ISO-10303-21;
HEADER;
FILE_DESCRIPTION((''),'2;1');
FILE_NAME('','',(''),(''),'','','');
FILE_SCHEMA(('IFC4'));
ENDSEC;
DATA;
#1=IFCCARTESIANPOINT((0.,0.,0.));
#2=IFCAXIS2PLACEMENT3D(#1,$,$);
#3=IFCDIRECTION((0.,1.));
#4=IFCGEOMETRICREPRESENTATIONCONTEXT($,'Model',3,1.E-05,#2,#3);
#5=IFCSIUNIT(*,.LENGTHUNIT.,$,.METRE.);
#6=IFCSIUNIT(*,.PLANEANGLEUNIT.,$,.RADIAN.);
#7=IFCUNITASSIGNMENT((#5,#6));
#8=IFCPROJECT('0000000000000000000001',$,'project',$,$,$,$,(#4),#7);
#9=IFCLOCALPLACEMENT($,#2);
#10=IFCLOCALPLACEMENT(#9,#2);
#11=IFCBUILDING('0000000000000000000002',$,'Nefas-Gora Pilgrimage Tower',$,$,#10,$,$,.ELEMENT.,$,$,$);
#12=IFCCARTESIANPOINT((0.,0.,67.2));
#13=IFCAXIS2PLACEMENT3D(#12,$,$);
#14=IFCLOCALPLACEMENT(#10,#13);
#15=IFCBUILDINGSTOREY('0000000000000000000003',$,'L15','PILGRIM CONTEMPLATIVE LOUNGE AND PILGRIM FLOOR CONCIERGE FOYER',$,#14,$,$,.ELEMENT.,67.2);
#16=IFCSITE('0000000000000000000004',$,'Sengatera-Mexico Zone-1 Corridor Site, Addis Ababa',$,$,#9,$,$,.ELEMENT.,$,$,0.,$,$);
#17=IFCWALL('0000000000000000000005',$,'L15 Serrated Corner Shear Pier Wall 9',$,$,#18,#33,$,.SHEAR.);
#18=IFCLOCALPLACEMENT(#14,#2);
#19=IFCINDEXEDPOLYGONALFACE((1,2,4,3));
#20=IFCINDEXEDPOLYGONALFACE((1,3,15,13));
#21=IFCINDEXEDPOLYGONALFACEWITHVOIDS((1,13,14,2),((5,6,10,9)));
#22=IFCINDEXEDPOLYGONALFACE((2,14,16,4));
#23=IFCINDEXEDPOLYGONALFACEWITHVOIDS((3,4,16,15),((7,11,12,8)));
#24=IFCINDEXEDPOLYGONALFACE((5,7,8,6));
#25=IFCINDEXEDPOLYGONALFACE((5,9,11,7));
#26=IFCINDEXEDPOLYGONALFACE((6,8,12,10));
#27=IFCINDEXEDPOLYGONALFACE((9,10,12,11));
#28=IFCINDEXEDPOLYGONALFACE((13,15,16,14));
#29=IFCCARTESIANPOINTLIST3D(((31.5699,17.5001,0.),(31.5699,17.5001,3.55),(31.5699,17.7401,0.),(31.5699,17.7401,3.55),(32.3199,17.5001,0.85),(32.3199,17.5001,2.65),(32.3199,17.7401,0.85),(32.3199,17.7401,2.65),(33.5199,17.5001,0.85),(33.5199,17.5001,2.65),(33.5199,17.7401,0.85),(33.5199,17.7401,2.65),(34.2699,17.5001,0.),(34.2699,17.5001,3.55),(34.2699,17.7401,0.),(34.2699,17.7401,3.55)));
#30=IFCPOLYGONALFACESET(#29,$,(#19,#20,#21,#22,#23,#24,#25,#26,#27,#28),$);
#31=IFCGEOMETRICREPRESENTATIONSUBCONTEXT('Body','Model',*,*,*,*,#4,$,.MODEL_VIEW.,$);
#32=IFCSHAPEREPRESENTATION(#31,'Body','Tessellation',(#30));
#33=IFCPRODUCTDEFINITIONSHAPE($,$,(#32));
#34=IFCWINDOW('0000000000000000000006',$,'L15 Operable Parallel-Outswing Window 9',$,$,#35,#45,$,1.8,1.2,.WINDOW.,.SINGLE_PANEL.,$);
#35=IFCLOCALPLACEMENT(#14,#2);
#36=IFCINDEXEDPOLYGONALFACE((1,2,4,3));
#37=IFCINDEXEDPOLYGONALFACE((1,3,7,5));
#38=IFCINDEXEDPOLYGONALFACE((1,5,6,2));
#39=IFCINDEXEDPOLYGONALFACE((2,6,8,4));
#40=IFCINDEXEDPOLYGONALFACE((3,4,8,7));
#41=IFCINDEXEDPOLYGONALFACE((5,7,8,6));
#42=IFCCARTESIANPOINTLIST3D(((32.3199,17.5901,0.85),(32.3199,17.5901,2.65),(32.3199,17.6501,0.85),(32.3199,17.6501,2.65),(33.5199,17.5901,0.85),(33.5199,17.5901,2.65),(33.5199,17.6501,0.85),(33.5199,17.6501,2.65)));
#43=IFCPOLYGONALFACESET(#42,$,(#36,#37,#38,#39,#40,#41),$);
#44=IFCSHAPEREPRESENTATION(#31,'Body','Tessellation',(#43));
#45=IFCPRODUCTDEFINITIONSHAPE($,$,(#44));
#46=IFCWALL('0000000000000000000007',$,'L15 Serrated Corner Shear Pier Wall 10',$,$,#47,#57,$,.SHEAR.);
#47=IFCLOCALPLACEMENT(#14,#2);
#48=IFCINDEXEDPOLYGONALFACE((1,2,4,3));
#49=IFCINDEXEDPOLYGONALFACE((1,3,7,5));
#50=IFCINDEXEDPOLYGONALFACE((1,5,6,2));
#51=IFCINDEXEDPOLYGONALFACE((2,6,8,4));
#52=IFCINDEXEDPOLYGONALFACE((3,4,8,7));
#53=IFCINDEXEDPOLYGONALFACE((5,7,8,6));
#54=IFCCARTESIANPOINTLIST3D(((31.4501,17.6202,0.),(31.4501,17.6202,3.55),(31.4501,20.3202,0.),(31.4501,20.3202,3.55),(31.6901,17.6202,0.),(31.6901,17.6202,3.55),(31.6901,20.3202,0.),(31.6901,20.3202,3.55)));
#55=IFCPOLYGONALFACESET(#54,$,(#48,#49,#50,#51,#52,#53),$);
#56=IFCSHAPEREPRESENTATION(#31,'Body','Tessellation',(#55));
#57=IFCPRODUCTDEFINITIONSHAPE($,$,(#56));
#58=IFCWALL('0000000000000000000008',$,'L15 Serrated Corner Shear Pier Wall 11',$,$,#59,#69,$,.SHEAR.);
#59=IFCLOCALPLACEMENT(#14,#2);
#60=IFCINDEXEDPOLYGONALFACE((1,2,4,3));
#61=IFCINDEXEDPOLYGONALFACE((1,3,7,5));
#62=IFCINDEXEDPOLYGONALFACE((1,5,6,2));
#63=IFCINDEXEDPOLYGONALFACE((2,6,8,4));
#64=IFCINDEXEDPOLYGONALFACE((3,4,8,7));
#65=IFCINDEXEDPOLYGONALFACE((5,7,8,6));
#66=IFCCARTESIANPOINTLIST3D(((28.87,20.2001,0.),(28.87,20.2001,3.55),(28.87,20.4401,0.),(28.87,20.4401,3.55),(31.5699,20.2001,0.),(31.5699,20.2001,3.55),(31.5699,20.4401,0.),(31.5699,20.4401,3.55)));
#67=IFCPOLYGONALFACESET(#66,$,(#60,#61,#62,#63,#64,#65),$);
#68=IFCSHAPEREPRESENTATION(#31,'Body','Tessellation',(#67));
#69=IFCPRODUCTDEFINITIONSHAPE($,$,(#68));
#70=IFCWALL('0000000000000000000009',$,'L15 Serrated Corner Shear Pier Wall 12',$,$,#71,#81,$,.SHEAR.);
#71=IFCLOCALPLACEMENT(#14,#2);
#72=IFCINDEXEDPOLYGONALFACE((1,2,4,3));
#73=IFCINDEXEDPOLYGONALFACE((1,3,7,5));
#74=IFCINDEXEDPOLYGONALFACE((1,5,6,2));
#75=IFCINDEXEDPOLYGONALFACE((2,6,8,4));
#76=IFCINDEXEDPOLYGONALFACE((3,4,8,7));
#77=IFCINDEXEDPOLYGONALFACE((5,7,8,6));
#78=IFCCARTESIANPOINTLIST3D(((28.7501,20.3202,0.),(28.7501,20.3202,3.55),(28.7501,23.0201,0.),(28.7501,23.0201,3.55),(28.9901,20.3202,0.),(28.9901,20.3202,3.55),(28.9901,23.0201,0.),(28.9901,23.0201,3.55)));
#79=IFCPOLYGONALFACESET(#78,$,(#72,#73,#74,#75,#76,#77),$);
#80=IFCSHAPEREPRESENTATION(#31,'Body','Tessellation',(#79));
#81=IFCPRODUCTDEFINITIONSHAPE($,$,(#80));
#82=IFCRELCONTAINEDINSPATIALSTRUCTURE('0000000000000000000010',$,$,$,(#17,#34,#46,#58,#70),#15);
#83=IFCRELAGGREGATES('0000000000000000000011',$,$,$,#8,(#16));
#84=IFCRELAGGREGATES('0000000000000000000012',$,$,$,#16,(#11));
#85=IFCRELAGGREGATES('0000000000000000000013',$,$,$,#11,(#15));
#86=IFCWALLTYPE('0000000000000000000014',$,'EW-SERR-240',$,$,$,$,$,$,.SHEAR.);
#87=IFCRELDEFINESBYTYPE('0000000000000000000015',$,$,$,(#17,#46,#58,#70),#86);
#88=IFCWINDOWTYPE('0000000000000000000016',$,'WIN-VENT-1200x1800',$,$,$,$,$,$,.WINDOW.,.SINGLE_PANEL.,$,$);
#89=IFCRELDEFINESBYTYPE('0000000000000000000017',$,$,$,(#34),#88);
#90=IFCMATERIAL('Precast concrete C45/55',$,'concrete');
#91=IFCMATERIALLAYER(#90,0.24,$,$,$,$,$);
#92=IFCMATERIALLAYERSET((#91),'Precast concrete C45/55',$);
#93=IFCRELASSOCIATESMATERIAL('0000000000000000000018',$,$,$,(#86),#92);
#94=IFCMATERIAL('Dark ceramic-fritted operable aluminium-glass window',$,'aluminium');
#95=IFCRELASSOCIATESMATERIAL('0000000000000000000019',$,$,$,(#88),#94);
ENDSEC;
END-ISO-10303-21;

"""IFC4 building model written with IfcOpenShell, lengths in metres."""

from ifc_helpers import new_model, si_unit, direction, frame, frame_2d, origin, place, context, subcontext, project, spatial, rectangle, extrude, source, transform, mapped, material, layer, layer_set, type_object, element, fill, save


model = new_model("IFC4")

# Units and contexts
model_context = context("Model", 3, precision=1e-05, world=origin(), true_north=direction((0.0, 1.0)))
body_context = subcontext(model_context, "Body", "Model", "MODEL_VIEW")
ifc_project = project(units=[si_unit("LENGTHUNIT", "METRE"), si_unit("PLANEANGLEUNIT", "RADIAN")], contexts=[model_context])

# Site, building, storey
site_placement = place(None, origin())
site = spatial("IfcSite", under=ifc_project, at=site_placement, Name="Sengatera-Mexico Zone-1 Corridor Site, Addis Ababa", CompositionType="ELEMENT", RefElevation=0.0)
building_placement = place(site_placement, origin())
building = spatial("IfcBuilding", under=site, at=building_placement, Name="Nefas-Gora Pilgrimage Tower", CompositionType="ELEMENT")
storey_placement = place(building_placement, frame((0.0, 0.0, 67.2)))
storey = spatial("IfcBuildingStorey", under=building, at=storey_placement, Name="L15", Description="PILGRIM CONTEMPLATIVE LOUNGE AND PILGRIM FLOOR CONCIERGE FOYER", CompositionType="ELEMENT", Elevation=67.2)

# Wall, opening, window
ifc_material_1 = material(Name="Precast concrete C45/55", Category="concrete")
ifc_layer_1 = layer(ifc_material_1, 0.24)
ifc_layer_set_1 = layer_set([ifc_layer_1], Name="Precast concrete C45/55")
wall_type = type_object("IfcWallType", Name="EW-SERR-240", PredefinedType="SHEAR", material=ifc_layer_set_1)
shared_shape_1 = source(origin(), body_context, "Body", "SweptSolid", [
    extrude(rectangle(XDim=2.7, YDim=0.24, at=frame_2d((1.3501, 0.0))), origin(), (0.0, 0.0, 1.0), 3.55),
])
wall_placement = place(storey_placement, frame((34.27, 17.6201, 0.0), z_axis=(0.0, 0.0, 1.0), x_axis=(-1.0, 0.0, 0.0)))
wall = element("IfcWall", 1, at=wall_placement, inside=storey, type_object=wall_type, Name="L15 Serrated Corner Shear Pier Wall 9", PredefinedType="SHEAR", context=body_context, shape_type="MappedRepresentation", body=[
    mapped(shared_shape_1, transform((0.0, 0.0, 0.0), x_axis=(1.0, 0.0, 0.0), y_axis=(0.0, 1.0, 0.0), z_axis=(0.0, 0.0, 1.0), scale=1.0)),
])
opening_placement = place(wall_placement, frame((0.75, 0.0, 0.8501)))
opening = element("IfcOpeningElement", 2, at=opening_placement, cuts=wall, PredefinedType="OPENING", context=body_context, shape_type="SweptSolid", body=[
    extrude(rectangle(XDim=1.2, YDim=1.8, at=frame_2d((0.6001, 0.8999))), frame((0.0, 0.1299, 0.0), z_axis=(0.0, -1.0, 0.0), x_axis=(1.0, 0.0, 0.0)), (0.0, 0.0, 1.0), 0.26),
])
ifc_material_2 = material(Name="Dark ceramic-fritted operable aluminium-glass window", Category="aluminium")
window_type = type_object("IfcWindowType", Name="WIN-VENT-1200x1800", PartitioningType="SINGLE_PANEL", PredefinedType="WINDOW", material=ifc_material_2)
shared_shape_2 = source(origin(), body_context, "Body", "SweptSolid", [
    extrude(rectangle(XDim=1.2, YDim=1.8, at=frame_2d((0.6001, 0.8999))), frame((0.0, 0.03, 0.0), z_axis=(0.0, -1.0, 0.0), x_axis=(1.0, 0.0, 0.0)), (0.0, 0.0, 1.0), 0.0601),
])
window_placement = place(opening_placement, origin())
window = element("IfcWindow", 3, at=window_placement, inside=storey, type_object=window_type, Name="L15 Operable Parallel-Outswing Window 9", OverallHeight=1.8, OverallWidth=1.2, PartitioningType="SINGLE_PANEL", PredefinedType="WINDOW", context=body_context, shape_type="MappedRepresentation", body=[
    mapped(shared_shape_2, transform((0.0, 0.0, 0.0), x_axis=(1.0, 0.0, 0.0), y_axis=(0.0, 1.0, 0.0), z_axis=(0.0, 0.0, 1.0), scale=1.0)),
])
fill(opening, window)

# Walls
for number, where, z_axis, x_axis, name in (
    (4, (31.5701, 17.6201, 0.0), (0.0, 0.0, 1.0), (0.0, 1.0, 0.0), "L15 Serrated Corner Shear Pier Wall 10"),
    (5, (31.5701, 20.3201, 0.0), (0.0, 0.0, 1.0), (-1.0, 0.0, 0.0), "L15 Serrated Corner Shear Pier Wall 11"),
    (6, (28.8701, 20.3201, 0.0), (0.0, 0.0, 1.0), (0.0, 1.0, 0.0), "L15 Serrated Corner Shear Pier Wall 12"),
):
    element("IfcWall", number, at=place(storey_placement, frame(where, z_axis=z_axis, x_axis=x_axis)), inside=storey, type_object=wall_type, Name=name, PredefinedType="SHEAR", context=body_context, shape_type="MappedRepresentation", body=[
        mapped(shared_shape_1, transform((0.0, 0.0, 0.0), x_axis=(1.0, 0.0, 0.0), y_axis=(0.0, 1.0, 0.0), z_axis=(0.0, 0.0, 1.0), scale=1.0)),
    ])

save(model, "model.ifc")
